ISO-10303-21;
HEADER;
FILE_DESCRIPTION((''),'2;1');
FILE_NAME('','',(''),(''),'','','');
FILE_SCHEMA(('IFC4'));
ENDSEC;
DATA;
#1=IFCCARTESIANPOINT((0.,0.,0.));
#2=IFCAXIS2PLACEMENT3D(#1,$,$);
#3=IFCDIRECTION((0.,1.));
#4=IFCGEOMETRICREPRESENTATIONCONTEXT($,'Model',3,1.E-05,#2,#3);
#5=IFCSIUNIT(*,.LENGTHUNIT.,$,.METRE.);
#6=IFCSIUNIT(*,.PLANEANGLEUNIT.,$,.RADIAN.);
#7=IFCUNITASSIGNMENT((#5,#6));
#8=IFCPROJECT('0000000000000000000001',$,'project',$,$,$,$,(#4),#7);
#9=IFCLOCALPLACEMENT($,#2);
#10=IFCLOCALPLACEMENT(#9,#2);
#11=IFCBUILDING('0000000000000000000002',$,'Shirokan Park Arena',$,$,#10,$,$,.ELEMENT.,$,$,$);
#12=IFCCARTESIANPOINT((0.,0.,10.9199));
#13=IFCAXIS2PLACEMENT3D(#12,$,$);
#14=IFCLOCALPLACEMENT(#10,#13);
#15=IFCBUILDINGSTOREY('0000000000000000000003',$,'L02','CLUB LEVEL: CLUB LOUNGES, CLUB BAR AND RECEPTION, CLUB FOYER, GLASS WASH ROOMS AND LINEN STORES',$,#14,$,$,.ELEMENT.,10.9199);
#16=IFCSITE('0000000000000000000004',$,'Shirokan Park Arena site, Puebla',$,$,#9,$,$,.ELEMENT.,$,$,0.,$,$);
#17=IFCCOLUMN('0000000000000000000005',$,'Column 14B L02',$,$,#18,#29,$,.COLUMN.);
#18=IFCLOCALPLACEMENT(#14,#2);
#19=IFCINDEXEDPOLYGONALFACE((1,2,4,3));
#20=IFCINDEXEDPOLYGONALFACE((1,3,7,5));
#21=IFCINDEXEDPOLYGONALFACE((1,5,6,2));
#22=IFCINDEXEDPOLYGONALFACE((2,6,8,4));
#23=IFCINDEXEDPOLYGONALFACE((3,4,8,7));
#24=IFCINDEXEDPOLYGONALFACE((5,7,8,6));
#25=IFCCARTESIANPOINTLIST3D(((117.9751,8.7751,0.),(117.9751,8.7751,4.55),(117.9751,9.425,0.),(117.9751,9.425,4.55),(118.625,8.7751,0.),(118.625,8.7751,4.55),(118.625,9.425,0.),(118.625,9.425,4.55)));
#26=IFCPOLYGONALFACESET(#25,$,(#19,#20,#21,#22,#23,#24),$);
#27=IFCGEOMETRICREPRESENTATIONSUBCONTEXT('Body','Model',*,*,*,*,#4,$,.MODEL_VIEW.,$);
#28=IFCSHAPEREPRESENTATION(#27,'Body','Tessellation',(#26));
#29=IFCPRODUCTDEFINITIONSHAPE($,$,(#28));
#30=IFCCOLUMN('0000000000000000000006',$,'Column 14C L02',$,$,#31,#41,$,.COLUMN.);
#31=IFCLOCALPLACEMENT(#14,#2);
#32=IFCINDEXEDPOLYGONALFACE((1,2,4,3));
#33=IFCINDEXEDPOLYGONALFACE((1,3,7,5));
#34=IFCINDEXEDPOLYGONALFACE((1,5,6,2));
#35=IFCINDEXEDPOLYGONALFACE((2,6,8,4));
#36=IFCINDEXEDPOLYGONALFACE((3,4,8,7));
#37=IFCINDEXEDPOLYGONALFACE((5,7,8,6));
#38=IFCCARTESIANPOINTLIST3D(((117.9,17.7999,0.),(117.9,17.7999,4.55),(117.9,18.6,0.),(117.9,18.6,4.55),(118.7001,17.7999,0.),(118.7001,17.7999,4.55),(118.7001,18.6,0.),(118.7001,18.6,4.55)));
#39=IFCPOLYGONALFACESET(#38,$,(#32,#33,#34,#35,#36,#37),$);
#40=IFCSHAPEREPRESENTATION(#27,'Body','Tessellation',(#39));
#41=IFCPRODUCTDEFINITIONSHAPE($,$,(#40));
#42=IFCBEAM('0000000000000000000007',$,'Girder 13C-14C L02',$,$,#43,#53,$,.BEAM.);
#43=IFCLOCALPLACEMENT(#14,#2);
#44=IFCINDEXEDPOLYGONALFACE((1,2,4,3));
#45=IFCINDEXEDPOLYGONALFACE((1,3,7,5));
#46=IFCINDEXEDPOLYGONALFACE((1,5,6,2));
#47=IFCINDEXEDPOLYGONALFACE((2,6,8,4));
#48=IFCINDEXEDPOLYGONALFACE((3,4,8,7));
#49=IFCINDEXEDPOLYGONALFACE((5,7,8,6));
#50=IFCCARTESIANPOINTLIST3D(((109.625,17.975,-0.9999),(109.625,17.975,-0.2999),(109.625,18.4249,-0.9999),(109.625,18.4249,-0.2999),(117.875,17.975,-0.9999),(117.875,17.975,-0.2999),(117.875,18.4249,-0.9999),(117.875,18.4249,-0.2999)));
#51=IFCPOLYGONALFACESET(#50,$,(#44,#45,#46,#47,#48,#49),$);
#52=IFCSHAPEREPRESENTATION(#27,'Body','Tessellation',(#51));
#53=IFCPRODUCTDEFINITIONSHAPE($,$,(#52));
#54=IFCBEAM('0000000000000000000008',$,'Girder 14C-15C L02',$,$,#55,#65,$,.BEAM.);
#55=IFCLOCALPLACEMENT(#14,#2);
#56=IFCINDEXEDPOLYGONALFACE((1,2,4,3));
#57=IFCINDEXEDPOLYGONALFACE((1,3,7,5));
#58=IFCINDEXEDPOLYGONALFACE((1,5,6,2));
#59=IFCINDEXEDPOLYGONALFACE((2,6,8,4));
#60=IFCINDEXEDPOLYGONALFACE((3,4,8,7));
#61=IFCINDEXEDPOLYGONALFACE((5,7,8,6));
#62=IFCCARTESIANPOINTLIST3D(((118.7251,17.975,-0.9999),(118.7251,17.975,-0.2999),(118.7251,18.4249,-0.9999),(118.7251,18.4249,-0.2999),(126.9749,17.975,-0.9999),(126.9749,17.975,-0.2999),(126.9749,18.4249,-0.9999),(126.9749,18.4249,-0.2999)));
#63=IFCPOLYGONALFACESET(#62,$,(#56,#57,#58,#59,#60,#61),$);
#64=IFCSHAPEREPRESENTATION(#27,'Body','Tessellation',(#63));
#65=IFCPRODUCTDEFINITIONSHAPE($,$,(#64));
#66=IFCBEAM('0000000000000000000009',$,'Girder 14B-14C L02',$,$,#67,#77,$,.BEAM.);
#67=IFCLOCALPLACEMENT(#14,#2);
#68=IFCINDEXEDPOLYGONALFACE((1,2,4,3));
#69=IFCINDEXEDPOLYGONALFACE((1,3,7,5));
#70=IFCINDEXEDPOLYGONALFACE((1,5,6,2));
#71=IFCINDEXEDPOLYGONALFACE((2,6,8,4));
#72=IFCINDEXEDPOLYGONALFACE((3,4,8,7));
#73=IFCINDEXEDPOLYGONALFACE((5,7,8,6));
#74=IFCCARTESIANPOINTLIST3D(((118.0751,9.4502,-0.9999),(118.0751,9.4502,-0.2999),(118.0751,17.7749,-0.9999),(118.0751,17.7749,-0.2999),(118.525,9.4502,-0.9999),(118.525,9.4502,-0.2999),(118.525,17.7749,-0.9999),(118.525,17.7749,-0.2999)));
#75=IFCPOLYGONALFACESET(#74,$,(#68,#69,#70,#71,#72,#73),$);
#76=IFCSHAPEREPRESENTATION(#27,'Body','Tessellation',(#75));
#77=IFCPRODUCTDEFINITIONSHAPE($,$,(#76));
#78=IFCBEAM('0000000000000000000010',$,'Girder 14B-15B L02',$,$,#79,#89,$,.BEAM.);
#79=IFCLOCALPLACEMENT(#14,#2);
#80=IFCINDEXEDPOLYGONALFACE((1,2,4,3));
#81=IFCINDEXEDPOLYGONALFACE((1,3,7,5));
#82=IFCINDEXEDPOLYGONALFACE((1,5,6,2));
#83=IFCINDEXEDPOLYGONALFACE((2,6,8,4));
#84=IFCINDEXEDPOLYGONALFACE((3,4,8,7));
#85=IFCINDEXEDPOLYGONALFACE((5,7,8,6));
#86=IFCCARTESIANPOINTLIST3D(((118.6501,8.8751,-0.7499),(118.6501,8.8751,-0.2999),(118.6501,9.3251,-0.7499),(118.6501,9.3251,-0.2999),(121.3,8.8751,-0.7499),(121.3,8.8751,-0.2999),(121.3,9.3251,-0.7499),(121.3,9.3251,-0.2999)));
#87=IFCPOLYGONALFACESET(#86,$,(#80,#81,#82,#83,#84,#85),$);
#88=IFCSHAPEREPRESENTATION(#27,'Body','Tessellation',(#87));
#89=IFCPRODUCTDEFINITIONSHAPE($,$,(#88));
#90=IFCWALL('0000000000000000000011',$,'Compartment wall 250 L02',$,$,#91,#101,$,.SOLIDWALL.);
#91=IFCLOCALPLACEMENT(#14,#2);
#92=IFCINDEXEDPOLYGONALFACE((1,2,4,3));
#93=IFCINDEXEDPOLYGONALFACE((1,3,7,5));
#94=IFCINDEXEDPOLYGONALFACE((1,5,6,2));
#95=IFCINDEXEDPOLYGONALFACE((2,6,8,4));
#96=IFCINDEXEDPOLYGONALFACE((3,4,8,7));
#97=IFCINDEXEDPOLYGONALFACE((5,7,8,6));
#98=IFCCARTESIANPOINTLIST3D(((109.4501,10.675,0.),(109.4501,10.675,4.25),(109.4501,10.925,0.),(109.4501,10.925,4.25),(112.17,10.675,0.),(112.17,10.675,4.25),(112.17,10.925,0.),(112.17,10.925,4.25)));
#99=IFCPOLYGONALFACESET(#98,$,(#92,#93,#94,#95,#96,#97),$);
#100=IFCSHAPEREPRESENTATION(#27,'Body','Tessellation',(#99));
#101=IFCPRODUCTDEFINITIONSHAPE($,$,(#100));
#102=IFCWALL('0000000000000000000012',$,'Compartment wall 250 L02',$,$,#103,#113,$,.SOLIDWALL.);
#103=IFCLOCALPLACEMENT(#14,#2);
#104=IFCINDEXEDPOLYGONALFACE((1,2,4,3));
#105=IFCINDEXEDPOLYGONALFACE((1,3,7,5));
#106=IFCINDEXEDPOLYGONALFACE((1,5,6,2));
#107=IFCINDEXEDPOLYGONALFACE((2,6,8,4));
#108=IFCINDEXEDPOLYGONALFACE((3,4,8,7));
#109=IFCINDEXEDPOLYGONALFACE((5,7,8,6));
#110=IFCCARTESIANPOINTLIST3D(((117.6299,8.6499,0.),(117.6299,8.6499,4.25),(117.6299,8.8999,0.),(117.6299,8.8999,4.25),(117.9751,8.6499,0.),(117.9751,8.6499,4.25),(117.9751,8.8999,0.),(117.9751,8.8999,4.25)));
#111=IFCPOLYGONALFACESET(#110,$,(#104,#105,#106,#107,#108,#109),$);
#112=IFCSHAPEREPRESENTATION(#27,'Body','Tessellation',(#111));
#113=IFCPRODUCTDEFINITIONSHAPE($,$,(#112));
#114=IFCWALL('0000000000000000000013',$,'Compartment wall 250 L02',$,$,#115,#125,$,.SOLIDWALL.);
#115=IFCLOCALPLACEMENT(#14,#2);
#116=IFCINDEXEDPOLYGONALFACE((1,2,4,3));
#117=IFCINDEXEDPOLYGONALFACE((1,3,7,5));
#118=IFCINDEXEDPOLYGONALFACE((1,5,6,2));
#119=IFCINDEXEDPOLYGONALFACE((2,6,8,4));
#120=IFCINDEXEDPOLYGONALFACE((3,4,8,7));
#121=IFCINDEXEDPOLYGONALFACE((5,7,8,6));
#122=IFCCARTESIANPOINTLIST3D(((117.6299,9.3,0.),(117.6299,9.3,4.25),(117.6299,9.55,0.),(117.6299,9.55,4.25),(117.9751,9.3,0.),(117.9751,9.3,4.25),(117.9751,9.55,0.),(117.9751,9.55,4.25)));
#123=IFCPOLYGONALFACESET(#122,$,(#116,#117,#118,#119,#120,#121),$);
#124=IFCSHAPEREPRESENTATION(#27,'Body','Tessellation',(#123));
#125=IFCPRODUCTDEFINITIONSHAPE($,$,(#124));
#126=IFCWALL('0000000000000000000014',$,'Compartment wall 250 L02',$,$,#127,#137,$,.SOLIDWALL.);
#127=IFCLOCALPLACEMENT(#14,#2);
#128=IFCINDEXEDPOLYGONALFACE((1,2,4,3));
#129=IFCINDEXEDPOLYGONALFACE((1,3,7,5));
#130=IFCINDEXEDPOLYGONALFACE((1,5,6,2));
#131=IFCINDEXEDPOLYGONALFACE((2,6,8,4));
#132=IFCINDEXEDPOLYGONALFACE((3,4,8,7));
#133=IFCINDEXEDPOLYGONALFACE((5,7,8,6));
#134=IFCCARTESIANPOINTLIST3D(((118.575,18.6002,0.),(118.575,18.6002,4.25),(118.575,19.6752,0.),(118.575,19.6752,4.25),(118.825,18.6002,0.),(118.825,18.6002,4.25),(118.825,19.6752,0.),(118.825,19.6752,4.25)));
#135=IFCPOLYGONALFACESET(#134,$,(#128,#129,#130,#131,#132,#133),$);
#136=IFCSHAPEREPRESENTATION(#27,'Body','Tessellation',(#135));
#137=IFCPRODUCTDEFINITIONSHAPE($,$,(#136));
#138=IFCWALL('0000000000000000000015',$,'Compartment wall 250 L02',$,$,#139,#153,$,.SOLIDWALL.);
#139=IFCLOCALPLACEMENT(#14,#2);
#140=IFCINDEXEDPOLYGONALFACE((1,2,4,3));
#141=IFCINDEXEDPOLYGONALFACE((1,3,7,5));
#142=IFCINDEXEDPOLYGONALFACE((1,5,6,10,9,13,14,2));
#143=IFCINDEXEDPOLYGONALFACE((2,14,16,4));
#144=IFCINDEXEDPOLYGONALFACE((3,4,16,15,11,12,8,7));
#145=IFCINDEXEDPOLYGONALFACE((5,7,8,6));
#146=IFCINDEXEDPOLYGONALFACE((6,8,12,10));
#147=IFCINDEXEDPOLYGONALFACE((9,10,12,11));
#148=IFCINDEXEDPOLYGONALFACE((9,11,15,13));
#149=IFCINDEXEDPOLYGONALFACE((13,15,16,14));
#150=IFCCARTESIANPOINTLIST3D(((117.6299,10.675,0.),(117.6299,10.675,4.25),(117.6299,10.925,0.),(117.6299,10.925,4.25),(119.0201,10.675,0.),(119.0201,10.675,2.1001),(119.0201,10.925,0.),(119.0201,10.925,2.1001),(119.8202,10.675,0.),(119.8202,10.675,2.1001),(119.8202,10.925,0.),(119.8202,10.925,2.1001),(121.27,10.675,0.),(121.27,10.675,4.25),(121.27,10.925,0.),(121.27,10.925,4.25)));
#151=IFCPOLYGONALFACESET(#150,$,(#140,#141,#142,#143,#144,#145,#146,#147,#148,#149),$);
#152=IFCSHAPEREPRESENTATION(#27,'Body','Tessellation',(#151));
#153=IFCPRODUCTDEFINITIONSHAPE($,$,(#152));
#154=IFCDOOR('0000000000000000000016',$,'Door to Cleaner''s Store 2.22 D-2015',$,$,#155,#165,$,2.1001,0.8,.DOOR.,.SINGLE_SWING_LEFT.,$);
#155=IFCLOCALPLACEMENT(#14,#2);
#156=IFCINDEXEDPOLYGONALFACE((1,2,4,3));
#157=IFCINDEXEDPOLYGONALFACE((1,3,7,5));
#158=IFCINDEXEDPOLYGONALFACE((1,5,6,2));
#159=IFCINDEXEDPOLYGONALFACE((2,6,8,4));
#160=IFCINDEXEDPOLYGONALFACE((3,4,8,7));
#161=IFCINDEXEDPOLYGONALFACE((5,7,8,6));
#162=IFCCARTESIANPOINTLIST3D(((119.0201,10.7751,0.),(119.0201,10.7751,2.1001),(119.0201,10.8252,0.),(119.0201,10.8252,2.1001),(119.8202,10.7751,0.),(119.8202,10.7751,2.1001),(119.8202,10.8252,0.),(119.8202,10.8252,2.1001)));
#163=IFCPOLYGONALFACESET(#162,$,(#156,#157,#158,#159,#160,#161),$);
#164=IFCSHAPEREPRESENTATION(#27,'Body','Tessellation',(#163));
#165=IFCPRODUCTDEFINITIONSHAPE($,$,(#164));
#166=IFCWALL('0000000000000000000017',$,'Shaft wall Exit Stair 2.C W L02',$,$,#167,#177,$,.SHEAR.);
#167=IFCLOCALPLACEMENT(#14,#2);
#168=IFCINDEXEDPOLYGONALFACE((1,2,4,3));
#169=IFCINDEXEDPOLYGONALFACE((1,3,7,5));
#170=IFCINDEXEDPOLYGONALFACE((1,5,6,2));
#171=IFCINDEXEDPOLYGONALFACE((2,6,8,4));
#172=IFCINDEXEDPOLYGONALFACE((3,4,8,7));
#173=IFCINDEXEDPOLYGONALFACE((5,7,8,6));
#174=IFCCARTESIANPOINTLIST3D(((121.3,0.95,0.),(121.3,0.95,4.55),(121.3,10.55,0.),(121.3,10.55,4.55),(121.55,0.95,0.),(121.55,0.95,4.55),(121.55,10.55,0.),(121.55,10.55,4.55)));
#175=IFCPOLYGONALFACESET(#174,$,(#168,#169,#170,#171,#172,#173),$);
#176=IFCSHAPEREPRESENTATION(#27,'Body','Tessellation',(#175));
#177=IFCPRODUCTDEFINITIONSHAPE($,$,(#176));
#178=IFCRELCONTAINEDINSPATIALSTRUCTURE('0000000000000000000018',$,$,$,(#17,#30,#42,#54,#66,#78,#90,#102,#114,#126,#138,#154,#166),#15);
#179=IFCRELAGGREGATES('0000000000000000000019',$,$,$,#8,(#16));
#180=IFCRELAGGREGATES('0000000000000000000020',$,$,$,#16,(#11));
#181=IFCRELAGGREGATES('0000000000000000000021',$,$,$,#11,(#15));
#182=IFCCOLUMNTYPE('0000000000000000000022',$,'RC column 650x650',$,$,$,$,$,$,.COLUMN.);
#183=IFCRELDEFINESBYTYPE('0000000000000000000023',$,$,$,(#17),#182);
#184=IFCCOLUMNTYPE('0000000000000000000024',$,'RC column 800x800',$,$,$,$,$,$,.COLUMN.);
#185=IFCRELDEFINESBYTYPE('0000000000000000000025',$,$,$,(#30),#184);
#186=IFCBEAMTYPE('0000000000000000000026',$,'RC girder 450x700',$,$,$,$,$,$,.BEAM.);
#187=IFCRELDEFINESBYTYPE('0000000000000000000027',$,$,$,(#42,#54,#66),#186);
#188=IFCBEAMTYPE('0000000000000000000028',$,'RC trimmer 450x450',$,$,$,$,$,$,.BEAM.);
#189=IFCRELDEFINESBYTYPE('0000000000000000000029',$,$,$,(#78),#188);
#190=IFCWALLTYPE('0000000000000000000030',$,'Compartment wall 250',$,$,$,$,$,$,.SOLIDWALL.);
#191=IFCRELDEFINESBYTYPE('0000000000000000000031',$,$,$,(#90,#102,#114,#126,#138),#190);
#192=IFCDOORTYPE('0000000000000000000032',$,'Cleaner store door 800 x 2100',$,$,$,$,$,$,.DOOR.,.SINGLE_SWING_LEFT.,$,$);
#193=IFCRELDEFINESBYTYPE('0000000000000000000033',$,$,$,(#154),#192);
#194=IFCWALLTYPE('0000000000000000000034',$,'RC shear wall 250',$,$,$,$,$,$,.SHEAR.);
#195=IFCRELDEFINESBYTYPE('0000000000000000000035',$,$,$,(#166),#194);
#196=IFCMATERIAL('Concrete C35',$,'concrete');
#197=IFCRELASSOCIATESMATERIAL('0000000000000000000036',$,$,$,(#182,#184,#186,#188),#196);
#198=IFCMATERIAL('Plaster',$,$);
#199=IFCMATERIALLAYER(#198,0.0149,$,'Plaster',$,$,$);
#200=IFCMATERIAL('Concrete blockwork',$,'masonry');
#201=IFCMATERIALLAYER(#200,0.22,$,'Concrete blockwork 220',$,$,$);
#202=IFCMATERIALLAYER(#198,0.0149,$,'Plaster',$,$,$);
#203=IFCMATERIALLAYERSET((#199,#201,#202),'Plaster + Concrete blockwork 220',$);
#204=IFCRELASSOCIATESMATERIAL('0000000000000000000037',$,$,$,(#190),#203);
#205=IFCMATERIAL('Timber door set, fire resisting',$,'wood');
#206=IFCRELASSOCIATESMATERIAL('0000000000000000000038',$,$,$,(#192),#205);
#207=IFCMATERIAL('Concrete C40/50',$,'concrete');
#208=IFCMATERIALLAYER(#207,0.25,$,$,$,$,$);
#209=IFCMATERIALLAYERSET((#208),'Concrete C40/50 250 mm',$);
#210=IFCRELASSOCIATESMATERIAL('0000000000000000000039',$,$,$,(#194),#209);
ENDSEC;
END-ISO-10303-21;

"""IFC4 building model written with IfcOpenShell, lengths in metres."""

from ifc_helpers import new_model, si_unit, direction, frame, frame_2d, origin, origin_2d, place, context, subcontext, project, spatial, rectangle, extrude, material, layer, layer_set, material_profile, profile_set, type_object, element, fill, save


model = new_model("IFC4")

# Units and contexts
model_context = context("Model", 3, precision=1e-05, world=origin(), true_north=direction((0.0, 1.0)))
body_context = subcontext(model_context, "Body", "Model", "MODEL_VIEW")
ifc_project = project(units=[si_unit("LENGTHUNIT", "METRE"), si_unit("PLANEANGLEUNIT", "RADIAN")], contexts=[model_context])

# Site, building, storey
site_placement = place(None, origin())
site = spatial("IfcSite", under=ifc_project, at=site_placement, Name="Shirokan Park Arena site, Puebla", CompositionType="ELEMENT", RefElevation=0.0)
building_placement = place(site_placement, origin())
building = spatial("IfcBuilding", under=site, at=building_placement, Name="Shirokan Park Arena", CompositionType="ELEMENT")
storey_placement = place(building_placement, frame((0.0, 0.0, 10.9199)))
storey = spatial("IfcBuildingStorey", under=building, at=storey_placement, Name="L02", Description="CLUB LEVEL: CLUB LOUNGES, CLUB BAR AND RECEPTION, CLUB FOYER, GLASS WASH ROOMS AND LINEN STORES", CompositionType="ELEMENT", Elevation=10.9199)

# Columns
ifc_material_1 = material(Name="Concrete C35", Category="concrete")
ifc_material_profile_1 = material_profile(ifc_material_1, rectangle(XDim=0.6499, YDim=0.6499, at=origin_2d()), Name="650x650")
ifc_profile_set_1 = profile_set([ifc_material_profile_1], Name="Concrete C35")
column_type_1 = type_object("IfcColumnType", Name="RC column 650x650", PredefinedType="COLUMN", material=ifc_profile_set_1)
column_1_placement = place(storey_placement, frame((118.3, 9.1001, 0.0), z_axis=(0.0, 0.0, 1.0), x_axis=(1.0, 0.0, 0.0)))
element("IfcColumn", 1, at=column_1_placement, inside=storey, type_object=column_type_1, Name="Column 14B L02", PredefinedType="COLUMN", context=body_context, shape_type="SweptSolid", body=[
    extrude(rectangle(XDim=0.6499, YDim=0.6499, at=origin_2d()), origin(), (0.0, 0.0, 1.0), 4.55),
])
ifc_material_profile_2 = material_profile(ifc_material_1, rectangle(XDim=0.8, YDim=0.8, at=origin_2d()), Name="800x800")
ifc_profile_set_2 = profile_set([ifc_material_profile_2], Name="Concrete C35")
column_type_2 = type_object("IfcColumnType", Name="RC column 800x800", PredefinedType="COLUMN", material=ifc_profile_set_2)
column_2_placement = place(storey_placement, frame((118.3, 18.2, 0.0), z_axis=(0.0, 0.0, 1.0), x_axis=(1.0, 0.0, 0.0)))
element("IfcColumn", 2, at=column_2_placement, inside=storey, type_object=column_type_2, Name="Column 14C L02", PredefinedType="COLUMN", context=body_context, shape_type="SweptSolid", body=[
    extrude(rectangle(XDim=0.8, YDim=0.8, at=origin_2d()), origin(), (0.0, 0.0, 1.0), 4.55),
])

# Beams
ifc_material_profile_3 = material_profile(ifc_material_1, rectangle(XDim=0.45, YDim=0.7, at=origin_2d()), Name="450x700")
ifc_profile_set_3 = profile_set([ifc_material_profile_3], Name="Concrete C35")
beam_type_1 = type_object("IfcBeamType", Name="RC girder 450x700", PredefinedType="BEAM", material=ifc_profile_set_3)
beam_1_placement = place(storey_placement, frame((109.625, 18.2, -0.6499), z_axis=(1.0, 0.0, 0.0), x_axis=(0.0, 1.0, 0.0)))
element("IfcBeam", 3, at=beam_1_placement, inside=storey, type_object=beam_type_1, Name="Girder 13C-14C L02", PredefinedType="BEAM", context=body_context, shape_type="SweptSolid", body=[
    extrude(rectangle(XDim=0.45, YDim=0.7, at=origin_2d()), origin(), (0.0, 0.0, 1.0), 8.25),
])
beam_2_placement = place(storey_placement, frame((118.7251, 18.2, -0.6499), z_axis=(1.0, 0.0, 0.0), x_axis=(0.0, 1.0, 0.0)))
element("IfcBeam", 4, at=beam_2_placement, inside=storey, type_object=beam_type_1, Name="Girder 14C-15C L02", PredefinedType="BEAM", context=body_context, shape_type="SweptSolid", body=[
    extrude(rectangle(XDim=0.45, YDim=0.7, at=origin_2d()), origin(), (0.0, 0.0, 1.0), 8.2498),
])
beam_3_placement = place(storey_placement, frame((118.3, 9.4502, -0.6499), z_axis=(0.0, 1.0, 0.0), x_axis=(-1.0, 0.0, 0.0)))
element("IfcBeam", 5, at=beam_3_placement, inside=storey, type_object=beam_type_1, Name="Girder 14B-14C L02", PredefinedType="BEAM", context=body_context, shape_type="SweptSolid", body=[
    extrude(rectangle(XDim=0.45, YDim=0.7, at=origin_2d()), origin(), (0.0, 0.0, 1.0), 8.3247),
])
ifc_material_profile_4 = material_profile(ifc_material_1, rectangle(XDim=0.45, YDim=0.45, at=origin_2d()), Name="450x450")
ifc_profile_set_4 = profile_set([ifc_material_profile_4], Name="Concrete C35")
beam_type_2 = type_object("IfcBeamType", Name="RC trimmer 450x450", PredefinedType="BEAM", material=ifc_profile_set_4)
beam_4_placement = place(storey_placement, frame((118.6501, 9.1001, -0.5249), z_axis=(1.0, 0.0, 0.0), x_axis=(0.0, 1.0, 0.0)))
element("IfcBeam", 6, at=beam_4_placement, inside=storey, type_object=beam_type_2, Name="Girder 14B-15B L02", PredefinedType="BEAM", context=body_context, shape_type="SweptSolid", body=[
    extrude(rectangle(XDim=0.45, YDim=0.45, at=origin_2d()), origin(), (0.0, 0.0, 1.0), 2.6499),
])

# Walls
ifc_material_2 = material(Name="Plaster")
ifc_layer_1 = layer(ifc_material_2, 0.0149, Name="Plaster")
ifc_material_3 = material(Name="Concrete blockwork", Category="masonry")
ifc_layer_2 = layer(ifc_material_3, 0.22, Name="Concrete blockwork 220")
ifc_layer_3 = layer(ifc_material_2, 0.0149, Name="Plaster")
ifc_layer_set_1 = layer_set([ifc_layer_1, ifc_layer_2, ifc_layer_3], Name="Plaster + Concrete blockwork 220")
wall_type_1 = type_object("IfcWallType", Name="Compartment wall 250", PredefinedType="SOLIDWALL", material=ifc_layer_set_1)
wall_1_placement = place(storey_placement, frame((112.1699, 10.8, 0.0), z_axis=(0.0, 0.0, 1.0), x_axis=(-1.0, 0.0, 0.0)))
element("IfcWall", 7, at=wall_1_placement, inside=storey, type_object=wall_type_1, Name="Compartment wall 250 L02", PredefinedType="SOLIDWALL", context=body_context, shape_type="SweptSolid", body=[
    extrude(rectangle(XDim=2.72, YDim=0.25, at=frame_2d((1.3599, 0.0))), origin(), (0.0, 0.0, 1.0), 4.25),
])
for number, where, z_axis, x_axis, name in (
    (8, (117.6299, 8.7749, 0.0), (0.0, 0.0, 1.0), (1.0, 0.0, 0.0), "Compartment wall 250 L02"),
    (9, (117.9751, 9.425, 0.0), (0.0, 0.0, 1.0), (-1.0, 0.0, 0.0), "Compartment wall 250 L02"),
):
    element("IfcWall", number, at=place(storey_placement, frame(where, z_axis=z_axis, x_axis=x_axis)), inside=storey, type_object=wall_type_1, Name=name, PredefinedType="SOLIDWALL", context=body_context, shape_type="SweptSolid", body=[
        extrude(rectangle(XDim=0.3452, YDim=0.25, at=frame_2d((0.1726, 0.0))), origin(), (0.0, 0.0, 1.0), 4.25),
    ])
wall_2_placement = place(storey_placement, frame((118.7, 18.6001, 0.0), z_axis=(0.0, 0.0, 1.0), x_axis=(0.0, 1.0, 0.0)))
element("IfcWall", 10, at=wall_2_placement, inside=storey, type_object=wall_type_1, Name="Compartment wall 250 L02", PredefinedType="SOLIDWALL", context=body_context, shape_type="SweptSolid", body=[
    extrude(rectangle(XDim=1.075, YDim=0.25, at=frame_2d((0.5376, 0.0))), origin(), (0.0, 0.0, 1.0), 4.25),
])

# Wall, opening, door
wall_3_placement = place(storey_placement, frame((121.27, 10.8, 0.0), z_axis=(0.0, 0.0, 1.0), x_axis=(-1.0, 0.0, 0.0)))
wall_3 = element("IfcWall", 11, at=wall_3_placement, inside=storey, type_object=wall_type_1, Name="Compartment wall 250 L02", PredefinedType="SOLIDWALL", context=body_context, shape_type="SweptSolid", body=[
    extrude(rectangle(XDim=3.6401, YDim=0.25, at=frame_2d((1.8201, 0.0))), origin(), (0.0, 0.0, 1.0), 4.25),
])
opening_1_placement = place(wall_3_placement, frame((1.45, 0.0, 0.0)))
opening_1 = element("IfcOpeningElement", 12, at=opening_1_placement, cuts=wall_3, PredefinedType="OPENING", context=body_context, shape_type="SweptSolid", body=[
    extrude(rectangle(XDim=0.8, YDim=2.1001, at=frame_2d((0.3999, 1.05))), frame((0.0, 0.135, 0.0), z_axis=(0.0, -1.0, 0.0), x_axis=(1.0, 0.0, 0.0)), (0.0, 0.0, 1.0), 0.27),
])
ifc_material_4 = material(Name="Timber door set, fire resisting", Category="wood")
door_type_1 = type_object("IfcDoorType", Name="Cleaner store door 800 x 2100", OperationType="SINGLE_SWING_LEFT", PredefinedType="DOOR", material=ifc_material_4)
door_1_placement = place(opening_1_placement, origin())
door_1 = element("IfcDoor", 13, at=door_1_placement, inside=storey, type_object=door_type_1, Name="Door to Cleaner's Store 2.22 D-2015", OperationType="SINGLE_SWING_LEFT", OverallHeight=2.1001, OverallWidth=0.8, PredefinedType="DOOR", context=body_context, shape_type="SweptSolid", body=[
    extrude(rectangle(XDim=0.8, YDim=2.1001, at=frame_2d((0.3999, 1.05))), frame((0.0, 0.0249, 0.0), z_axis=(0.0, -1.0, 0.0), x_axis=(1.0, 0.0, 0.0)), (0.0, 0.0, 1.0), 0.05),
])
fill(opening_1, door_1)

# Wall
ifc_material_5 = material(Name="Concrete C40/50", Category="concrete")
ifc_layer_4 = layer(ifc_material_5, 0.25)
ifc_layer_set_2 = layer_set([ifc_layer_4], Name="Concrete C40/50 250 mm")
wall_type_2 = type_object("IfcWallType", Name="RC shear wall 250", PredefinedType="SHEAR", material=ifc_layer_set_2)
for number, where, z_axis, x_axis, name in (
    (14, (121.425, 10.55, 0.0), (0.0, 0.0, 1.0), (0.0, -1.0, 0.0), "Shaft wall Exit Stair 2.C W L02"),
):
    element("IfcWall", number, at=place(storey_placement, frame(where, z_axis=z_axis, x_axis=x_axis)), inside=storey, type_object=wall_type_2, Name=name, PredefinedType="SHEAR", context=body_context, shape_type="SweptSolid", body=[
        extrude(rectangle(XDim=9.6001, YDim=0.25, at=frame_2d((4.8, 0.0))), origin(), (0.0, 0.0, 1.0), 4.55),
    ])

save(model, "model.ifc")
